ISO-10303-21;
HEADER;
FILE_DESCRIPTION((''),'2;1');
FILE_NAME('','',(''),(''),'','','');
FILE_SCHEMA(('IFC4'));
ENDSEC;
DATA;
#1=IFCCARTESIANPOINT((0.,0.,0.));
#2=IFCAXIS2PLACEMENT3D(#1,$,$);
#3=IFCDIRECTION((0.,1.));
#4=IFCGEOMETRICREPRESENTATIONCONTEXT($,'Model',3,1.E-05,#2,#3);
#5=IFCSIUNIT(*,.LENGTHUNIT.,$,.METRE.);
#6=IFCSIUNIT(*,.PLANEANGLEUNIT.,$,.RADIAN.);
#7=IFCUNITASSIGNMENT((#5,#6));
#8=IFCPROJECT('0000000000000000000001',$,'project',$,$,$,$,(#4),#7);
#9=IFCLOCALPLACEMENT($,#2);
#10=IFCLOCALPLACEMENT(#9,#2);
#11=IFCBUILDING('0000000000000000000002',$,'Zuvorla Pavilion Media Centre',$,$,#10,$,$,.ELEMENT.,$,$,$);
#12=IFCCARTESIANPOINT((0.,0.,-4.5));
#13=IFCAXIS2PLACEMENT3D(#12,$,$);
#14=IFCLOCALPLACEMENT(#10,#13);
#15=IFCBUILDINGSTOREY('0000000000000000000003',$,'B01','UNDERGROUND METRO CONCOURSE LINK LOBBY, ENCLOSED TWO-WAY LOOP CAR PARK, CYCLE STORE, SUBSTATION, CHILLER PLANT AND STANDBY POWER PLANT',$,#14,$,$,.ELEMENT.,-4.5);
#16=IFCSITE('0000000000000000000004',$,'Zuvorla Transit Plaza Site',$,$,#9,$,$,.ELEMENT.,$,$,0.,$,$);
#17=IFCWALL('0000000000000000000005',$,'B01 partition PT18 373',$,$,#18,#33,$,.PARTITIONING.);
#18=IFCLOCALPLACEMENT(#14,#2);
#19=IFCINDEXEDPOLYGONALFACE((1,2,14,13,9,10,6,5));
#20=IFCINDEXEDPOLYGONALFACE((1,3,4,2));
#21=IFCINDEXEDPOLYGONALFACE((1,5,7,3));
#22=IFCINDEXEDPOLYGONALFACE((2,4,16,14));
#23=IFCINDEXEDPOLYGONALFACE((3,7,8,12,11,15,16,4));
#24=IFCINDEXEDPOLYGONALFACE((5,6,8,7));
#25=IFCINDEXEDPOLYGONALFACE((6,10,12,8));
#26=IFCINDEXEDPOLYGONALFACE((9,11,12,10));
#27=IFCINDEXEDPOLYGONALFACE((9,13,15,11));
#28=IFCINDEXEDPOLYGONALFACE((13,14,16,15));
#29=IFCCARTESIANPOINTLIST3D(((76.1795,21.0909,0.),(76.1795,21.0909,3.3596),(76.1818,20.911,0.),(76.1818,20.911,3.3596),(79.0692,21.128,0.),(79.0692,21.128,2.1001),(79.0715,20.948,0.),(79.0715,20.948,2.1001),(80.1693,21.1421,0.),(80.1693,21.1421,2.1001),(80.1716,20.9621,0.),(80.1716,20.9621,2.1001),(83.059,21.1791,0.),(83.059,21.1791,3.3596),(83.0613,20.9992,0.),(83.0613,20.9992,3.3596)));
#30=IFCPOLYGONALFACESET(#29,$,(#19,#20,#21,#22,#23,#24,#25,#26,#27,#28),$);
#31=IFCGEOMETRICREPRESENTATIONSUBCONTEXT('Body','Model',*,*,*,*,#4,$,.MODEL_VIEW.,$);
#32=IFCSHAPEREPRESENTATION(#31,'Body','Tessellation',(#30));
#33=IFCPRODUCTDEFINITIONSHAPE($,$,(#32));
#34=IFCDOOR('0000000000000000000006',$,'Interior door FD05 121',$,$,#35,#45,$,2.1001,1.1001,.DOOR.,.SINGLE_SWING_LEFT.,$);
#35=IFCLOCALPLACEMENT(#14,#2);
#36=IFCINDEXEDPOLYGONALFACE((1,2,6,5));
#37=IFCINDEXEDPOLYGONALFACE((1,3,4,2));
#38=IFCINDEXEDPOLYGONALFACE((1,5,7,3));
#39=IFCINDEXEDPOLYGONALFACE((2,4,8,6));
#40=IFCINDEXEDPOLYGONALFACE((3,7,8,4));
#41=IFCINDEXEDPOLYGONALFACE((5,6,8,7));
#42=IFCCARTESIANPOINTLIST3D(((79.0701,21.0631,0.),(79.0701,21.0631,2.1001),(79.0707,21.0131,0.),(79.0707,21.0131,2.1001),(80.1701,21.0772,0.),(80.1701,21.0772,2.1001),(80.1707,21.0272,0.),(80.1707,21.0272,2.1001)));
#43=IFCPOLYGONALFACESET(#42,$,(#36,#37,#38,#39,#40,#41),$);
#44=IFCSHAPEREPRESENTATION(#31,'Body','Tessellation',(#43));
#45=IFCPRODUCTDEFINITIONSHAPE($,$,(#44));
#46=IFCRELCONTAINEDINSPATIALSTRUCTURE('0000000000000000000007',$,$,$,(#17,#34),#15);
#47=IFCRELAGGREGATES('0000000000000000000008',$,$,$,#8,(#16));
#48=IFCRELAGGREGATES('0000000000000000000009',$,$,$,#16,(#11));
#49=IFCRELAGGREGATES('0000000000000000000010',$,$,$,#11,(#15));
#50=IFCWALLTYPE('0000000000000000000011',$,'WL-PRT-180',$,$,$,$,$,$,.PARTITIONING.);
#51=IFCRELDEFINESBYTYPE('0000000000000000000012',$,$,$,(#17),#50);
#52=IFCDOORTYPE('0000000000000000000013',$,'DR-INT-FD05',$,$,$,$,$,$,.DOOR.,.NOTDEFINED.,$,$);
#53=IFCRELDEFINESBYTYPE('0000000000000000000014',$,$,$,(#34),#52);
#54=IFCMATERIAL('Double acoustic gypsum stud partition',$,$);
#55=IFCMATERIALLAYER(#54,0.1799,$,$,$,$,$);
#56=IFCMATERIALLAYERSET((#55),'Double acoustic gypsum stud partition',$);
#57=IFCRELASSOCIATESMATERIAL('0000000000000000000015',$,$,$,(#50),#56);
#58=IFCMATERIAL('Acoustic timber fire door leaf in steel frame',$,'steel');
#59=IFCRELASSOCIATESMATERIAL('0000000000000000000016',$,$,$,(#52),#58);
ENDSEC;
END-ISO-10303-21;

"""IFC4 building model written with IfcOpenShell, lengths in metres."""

from ifc_helpers import new_model, si_unit, direction, frame, frame_2d, origin, place, context, subcontext, project, spatial, rectangle, extrude, material, layer, layer_set, type_object, element, fill, save


model = new_model("IFC4")

# Units and contexts
model_context = context("Model", 3, precision=1e-05, world=origin(), true_north=direction((0.0, 1.0)))
body_context = subcontext(model_context, "Body", "Model", "MODEL_VIEW")
ifc_project = project(units=[si_unit("LENGTHUNIT", "METRE"), si_unit("PLANEANGLEUNIT", "RADIAN")], contexts=[model_context])

# Site, building, storey
site_placement = place(None, origin())
site = spatial("IfcSite", under=ifc_project, at=site_placement, Name="Zuvorla Transit Plaza Site", CompositionType="ELEMENT", RefElevation=0.0)
building_placement = place(site_placement, origin())
building = spatial("IfcBuilding", under=site, at=building_placement, Name="Zuvorla Pavilion Media Centre", CompositionType="ELEMENT")
storey_placement = place(building_placement, frame((0.0, 0.0, -4.5)))
storey = spatial("IfcBuildingStorey", under=building, at=storey_placement, Name="B01", Description="UNDERGROUND METRO CONCOURSE LINK LOBBY, ENCLOSED TWO-WAY LOOP CAR PARK, CYCLE STORE, SUBSTATION, CHILLER PLANT AND STANDBY POWER PLANT", CompositionType="ELEMENT", Elevation=-4.5)

# Shared definitions
ifc_material_1 = material(Name="Acoustic timber fire door leaf in steel frame", Category="steel")

# Wall, opening, door
ifc_material_2 = material(Name="Double acoustic gypsum stud partition")
ifc_layer_1 = layer(ifc_material_2, 0.1799)
ifc_layer_set_1 = layer_set([ifc_layer_1], Name="Double acoustic gypsum stud partition")
wall_type_1 = type_object("IfcWallType", Name="WL-PRT-180", PredefinedType="PARTITIONING", material=ifc_layer_set_1)
wall_1_placement = place(storey_placement, frame((83.0601, 21.0891, 0.0), z_axis=(0.0, 0.0, 1.0), x_axis=(-0.999918, -0.01281, 0.0)))
wall_1 = element("IfcWall", 1, at=wall_1_placement, inside=storey, type_object=wall_type_1, Name="B01 partition PT18 373", PredefinedType="PARTITIONING", context=body_context, shape_type="SweptSolid", body=[
    extrude(rectangle(XDim=6.8801, YDim=0.1799, at=frame_2d((3.4399, 0.0))), origin(), (0.0, 0.0, 1.0), 3.3596),
])
opening_1_placement = place(wall_1_placement, frame((2.8899, 0.0, 0.0)))
opening_1 = element("IfcOpeningElement", 2, at=opening_1_placement, cuts=wall_1, PredefinedType="OPENING", context=body_context, shape_type="SweptSolid", body=[
    extrude(rectangle(XDim=1.1001, YDim=2.1001, at=frame_2d((0.55, 1.05))), frame((0.0, 0.0999, 0.0), z_axis=(0.0, -1.0, 0.0), x_axis=(1.0, 0.0, 0.0)), (0.0, 0.0, 1.0), 0.2),
])
door_type_1 = type_object("IfcDoorType", Name="DR-INT-FD05", OperationType="NOTDEFINED", PredefinedType="DOOR", material=ifc_material_1)
door_1_placement = place(opening_1_placement, origin())
door_1 = element("IfcDoor", 3, at=door_1_placement, inside=storey, type_object=door_type_1, Name="Interior door FD05 121", OperationType="SINGLE_SWING_LEFT", OverallHeight=2.1001, OverallWidth=1.1001, PredefinedType="DOOR", context=body_context, shape_type="SweptSolid", body=[
    extrude(rectangle(XDim=1.1001, YDim=2.1001, at=frame_2d((0.55, 1.05))), frame((0.0, 0.0249, 0.0), z_axis=(0.0, -1.0, 0.0), x_axis=(1.0, 0.0, 0.0)), (0.0, 0.0, 1.0), 0.05),
])
fill(opening_1, door_1)

save(model, "model.ifc")
